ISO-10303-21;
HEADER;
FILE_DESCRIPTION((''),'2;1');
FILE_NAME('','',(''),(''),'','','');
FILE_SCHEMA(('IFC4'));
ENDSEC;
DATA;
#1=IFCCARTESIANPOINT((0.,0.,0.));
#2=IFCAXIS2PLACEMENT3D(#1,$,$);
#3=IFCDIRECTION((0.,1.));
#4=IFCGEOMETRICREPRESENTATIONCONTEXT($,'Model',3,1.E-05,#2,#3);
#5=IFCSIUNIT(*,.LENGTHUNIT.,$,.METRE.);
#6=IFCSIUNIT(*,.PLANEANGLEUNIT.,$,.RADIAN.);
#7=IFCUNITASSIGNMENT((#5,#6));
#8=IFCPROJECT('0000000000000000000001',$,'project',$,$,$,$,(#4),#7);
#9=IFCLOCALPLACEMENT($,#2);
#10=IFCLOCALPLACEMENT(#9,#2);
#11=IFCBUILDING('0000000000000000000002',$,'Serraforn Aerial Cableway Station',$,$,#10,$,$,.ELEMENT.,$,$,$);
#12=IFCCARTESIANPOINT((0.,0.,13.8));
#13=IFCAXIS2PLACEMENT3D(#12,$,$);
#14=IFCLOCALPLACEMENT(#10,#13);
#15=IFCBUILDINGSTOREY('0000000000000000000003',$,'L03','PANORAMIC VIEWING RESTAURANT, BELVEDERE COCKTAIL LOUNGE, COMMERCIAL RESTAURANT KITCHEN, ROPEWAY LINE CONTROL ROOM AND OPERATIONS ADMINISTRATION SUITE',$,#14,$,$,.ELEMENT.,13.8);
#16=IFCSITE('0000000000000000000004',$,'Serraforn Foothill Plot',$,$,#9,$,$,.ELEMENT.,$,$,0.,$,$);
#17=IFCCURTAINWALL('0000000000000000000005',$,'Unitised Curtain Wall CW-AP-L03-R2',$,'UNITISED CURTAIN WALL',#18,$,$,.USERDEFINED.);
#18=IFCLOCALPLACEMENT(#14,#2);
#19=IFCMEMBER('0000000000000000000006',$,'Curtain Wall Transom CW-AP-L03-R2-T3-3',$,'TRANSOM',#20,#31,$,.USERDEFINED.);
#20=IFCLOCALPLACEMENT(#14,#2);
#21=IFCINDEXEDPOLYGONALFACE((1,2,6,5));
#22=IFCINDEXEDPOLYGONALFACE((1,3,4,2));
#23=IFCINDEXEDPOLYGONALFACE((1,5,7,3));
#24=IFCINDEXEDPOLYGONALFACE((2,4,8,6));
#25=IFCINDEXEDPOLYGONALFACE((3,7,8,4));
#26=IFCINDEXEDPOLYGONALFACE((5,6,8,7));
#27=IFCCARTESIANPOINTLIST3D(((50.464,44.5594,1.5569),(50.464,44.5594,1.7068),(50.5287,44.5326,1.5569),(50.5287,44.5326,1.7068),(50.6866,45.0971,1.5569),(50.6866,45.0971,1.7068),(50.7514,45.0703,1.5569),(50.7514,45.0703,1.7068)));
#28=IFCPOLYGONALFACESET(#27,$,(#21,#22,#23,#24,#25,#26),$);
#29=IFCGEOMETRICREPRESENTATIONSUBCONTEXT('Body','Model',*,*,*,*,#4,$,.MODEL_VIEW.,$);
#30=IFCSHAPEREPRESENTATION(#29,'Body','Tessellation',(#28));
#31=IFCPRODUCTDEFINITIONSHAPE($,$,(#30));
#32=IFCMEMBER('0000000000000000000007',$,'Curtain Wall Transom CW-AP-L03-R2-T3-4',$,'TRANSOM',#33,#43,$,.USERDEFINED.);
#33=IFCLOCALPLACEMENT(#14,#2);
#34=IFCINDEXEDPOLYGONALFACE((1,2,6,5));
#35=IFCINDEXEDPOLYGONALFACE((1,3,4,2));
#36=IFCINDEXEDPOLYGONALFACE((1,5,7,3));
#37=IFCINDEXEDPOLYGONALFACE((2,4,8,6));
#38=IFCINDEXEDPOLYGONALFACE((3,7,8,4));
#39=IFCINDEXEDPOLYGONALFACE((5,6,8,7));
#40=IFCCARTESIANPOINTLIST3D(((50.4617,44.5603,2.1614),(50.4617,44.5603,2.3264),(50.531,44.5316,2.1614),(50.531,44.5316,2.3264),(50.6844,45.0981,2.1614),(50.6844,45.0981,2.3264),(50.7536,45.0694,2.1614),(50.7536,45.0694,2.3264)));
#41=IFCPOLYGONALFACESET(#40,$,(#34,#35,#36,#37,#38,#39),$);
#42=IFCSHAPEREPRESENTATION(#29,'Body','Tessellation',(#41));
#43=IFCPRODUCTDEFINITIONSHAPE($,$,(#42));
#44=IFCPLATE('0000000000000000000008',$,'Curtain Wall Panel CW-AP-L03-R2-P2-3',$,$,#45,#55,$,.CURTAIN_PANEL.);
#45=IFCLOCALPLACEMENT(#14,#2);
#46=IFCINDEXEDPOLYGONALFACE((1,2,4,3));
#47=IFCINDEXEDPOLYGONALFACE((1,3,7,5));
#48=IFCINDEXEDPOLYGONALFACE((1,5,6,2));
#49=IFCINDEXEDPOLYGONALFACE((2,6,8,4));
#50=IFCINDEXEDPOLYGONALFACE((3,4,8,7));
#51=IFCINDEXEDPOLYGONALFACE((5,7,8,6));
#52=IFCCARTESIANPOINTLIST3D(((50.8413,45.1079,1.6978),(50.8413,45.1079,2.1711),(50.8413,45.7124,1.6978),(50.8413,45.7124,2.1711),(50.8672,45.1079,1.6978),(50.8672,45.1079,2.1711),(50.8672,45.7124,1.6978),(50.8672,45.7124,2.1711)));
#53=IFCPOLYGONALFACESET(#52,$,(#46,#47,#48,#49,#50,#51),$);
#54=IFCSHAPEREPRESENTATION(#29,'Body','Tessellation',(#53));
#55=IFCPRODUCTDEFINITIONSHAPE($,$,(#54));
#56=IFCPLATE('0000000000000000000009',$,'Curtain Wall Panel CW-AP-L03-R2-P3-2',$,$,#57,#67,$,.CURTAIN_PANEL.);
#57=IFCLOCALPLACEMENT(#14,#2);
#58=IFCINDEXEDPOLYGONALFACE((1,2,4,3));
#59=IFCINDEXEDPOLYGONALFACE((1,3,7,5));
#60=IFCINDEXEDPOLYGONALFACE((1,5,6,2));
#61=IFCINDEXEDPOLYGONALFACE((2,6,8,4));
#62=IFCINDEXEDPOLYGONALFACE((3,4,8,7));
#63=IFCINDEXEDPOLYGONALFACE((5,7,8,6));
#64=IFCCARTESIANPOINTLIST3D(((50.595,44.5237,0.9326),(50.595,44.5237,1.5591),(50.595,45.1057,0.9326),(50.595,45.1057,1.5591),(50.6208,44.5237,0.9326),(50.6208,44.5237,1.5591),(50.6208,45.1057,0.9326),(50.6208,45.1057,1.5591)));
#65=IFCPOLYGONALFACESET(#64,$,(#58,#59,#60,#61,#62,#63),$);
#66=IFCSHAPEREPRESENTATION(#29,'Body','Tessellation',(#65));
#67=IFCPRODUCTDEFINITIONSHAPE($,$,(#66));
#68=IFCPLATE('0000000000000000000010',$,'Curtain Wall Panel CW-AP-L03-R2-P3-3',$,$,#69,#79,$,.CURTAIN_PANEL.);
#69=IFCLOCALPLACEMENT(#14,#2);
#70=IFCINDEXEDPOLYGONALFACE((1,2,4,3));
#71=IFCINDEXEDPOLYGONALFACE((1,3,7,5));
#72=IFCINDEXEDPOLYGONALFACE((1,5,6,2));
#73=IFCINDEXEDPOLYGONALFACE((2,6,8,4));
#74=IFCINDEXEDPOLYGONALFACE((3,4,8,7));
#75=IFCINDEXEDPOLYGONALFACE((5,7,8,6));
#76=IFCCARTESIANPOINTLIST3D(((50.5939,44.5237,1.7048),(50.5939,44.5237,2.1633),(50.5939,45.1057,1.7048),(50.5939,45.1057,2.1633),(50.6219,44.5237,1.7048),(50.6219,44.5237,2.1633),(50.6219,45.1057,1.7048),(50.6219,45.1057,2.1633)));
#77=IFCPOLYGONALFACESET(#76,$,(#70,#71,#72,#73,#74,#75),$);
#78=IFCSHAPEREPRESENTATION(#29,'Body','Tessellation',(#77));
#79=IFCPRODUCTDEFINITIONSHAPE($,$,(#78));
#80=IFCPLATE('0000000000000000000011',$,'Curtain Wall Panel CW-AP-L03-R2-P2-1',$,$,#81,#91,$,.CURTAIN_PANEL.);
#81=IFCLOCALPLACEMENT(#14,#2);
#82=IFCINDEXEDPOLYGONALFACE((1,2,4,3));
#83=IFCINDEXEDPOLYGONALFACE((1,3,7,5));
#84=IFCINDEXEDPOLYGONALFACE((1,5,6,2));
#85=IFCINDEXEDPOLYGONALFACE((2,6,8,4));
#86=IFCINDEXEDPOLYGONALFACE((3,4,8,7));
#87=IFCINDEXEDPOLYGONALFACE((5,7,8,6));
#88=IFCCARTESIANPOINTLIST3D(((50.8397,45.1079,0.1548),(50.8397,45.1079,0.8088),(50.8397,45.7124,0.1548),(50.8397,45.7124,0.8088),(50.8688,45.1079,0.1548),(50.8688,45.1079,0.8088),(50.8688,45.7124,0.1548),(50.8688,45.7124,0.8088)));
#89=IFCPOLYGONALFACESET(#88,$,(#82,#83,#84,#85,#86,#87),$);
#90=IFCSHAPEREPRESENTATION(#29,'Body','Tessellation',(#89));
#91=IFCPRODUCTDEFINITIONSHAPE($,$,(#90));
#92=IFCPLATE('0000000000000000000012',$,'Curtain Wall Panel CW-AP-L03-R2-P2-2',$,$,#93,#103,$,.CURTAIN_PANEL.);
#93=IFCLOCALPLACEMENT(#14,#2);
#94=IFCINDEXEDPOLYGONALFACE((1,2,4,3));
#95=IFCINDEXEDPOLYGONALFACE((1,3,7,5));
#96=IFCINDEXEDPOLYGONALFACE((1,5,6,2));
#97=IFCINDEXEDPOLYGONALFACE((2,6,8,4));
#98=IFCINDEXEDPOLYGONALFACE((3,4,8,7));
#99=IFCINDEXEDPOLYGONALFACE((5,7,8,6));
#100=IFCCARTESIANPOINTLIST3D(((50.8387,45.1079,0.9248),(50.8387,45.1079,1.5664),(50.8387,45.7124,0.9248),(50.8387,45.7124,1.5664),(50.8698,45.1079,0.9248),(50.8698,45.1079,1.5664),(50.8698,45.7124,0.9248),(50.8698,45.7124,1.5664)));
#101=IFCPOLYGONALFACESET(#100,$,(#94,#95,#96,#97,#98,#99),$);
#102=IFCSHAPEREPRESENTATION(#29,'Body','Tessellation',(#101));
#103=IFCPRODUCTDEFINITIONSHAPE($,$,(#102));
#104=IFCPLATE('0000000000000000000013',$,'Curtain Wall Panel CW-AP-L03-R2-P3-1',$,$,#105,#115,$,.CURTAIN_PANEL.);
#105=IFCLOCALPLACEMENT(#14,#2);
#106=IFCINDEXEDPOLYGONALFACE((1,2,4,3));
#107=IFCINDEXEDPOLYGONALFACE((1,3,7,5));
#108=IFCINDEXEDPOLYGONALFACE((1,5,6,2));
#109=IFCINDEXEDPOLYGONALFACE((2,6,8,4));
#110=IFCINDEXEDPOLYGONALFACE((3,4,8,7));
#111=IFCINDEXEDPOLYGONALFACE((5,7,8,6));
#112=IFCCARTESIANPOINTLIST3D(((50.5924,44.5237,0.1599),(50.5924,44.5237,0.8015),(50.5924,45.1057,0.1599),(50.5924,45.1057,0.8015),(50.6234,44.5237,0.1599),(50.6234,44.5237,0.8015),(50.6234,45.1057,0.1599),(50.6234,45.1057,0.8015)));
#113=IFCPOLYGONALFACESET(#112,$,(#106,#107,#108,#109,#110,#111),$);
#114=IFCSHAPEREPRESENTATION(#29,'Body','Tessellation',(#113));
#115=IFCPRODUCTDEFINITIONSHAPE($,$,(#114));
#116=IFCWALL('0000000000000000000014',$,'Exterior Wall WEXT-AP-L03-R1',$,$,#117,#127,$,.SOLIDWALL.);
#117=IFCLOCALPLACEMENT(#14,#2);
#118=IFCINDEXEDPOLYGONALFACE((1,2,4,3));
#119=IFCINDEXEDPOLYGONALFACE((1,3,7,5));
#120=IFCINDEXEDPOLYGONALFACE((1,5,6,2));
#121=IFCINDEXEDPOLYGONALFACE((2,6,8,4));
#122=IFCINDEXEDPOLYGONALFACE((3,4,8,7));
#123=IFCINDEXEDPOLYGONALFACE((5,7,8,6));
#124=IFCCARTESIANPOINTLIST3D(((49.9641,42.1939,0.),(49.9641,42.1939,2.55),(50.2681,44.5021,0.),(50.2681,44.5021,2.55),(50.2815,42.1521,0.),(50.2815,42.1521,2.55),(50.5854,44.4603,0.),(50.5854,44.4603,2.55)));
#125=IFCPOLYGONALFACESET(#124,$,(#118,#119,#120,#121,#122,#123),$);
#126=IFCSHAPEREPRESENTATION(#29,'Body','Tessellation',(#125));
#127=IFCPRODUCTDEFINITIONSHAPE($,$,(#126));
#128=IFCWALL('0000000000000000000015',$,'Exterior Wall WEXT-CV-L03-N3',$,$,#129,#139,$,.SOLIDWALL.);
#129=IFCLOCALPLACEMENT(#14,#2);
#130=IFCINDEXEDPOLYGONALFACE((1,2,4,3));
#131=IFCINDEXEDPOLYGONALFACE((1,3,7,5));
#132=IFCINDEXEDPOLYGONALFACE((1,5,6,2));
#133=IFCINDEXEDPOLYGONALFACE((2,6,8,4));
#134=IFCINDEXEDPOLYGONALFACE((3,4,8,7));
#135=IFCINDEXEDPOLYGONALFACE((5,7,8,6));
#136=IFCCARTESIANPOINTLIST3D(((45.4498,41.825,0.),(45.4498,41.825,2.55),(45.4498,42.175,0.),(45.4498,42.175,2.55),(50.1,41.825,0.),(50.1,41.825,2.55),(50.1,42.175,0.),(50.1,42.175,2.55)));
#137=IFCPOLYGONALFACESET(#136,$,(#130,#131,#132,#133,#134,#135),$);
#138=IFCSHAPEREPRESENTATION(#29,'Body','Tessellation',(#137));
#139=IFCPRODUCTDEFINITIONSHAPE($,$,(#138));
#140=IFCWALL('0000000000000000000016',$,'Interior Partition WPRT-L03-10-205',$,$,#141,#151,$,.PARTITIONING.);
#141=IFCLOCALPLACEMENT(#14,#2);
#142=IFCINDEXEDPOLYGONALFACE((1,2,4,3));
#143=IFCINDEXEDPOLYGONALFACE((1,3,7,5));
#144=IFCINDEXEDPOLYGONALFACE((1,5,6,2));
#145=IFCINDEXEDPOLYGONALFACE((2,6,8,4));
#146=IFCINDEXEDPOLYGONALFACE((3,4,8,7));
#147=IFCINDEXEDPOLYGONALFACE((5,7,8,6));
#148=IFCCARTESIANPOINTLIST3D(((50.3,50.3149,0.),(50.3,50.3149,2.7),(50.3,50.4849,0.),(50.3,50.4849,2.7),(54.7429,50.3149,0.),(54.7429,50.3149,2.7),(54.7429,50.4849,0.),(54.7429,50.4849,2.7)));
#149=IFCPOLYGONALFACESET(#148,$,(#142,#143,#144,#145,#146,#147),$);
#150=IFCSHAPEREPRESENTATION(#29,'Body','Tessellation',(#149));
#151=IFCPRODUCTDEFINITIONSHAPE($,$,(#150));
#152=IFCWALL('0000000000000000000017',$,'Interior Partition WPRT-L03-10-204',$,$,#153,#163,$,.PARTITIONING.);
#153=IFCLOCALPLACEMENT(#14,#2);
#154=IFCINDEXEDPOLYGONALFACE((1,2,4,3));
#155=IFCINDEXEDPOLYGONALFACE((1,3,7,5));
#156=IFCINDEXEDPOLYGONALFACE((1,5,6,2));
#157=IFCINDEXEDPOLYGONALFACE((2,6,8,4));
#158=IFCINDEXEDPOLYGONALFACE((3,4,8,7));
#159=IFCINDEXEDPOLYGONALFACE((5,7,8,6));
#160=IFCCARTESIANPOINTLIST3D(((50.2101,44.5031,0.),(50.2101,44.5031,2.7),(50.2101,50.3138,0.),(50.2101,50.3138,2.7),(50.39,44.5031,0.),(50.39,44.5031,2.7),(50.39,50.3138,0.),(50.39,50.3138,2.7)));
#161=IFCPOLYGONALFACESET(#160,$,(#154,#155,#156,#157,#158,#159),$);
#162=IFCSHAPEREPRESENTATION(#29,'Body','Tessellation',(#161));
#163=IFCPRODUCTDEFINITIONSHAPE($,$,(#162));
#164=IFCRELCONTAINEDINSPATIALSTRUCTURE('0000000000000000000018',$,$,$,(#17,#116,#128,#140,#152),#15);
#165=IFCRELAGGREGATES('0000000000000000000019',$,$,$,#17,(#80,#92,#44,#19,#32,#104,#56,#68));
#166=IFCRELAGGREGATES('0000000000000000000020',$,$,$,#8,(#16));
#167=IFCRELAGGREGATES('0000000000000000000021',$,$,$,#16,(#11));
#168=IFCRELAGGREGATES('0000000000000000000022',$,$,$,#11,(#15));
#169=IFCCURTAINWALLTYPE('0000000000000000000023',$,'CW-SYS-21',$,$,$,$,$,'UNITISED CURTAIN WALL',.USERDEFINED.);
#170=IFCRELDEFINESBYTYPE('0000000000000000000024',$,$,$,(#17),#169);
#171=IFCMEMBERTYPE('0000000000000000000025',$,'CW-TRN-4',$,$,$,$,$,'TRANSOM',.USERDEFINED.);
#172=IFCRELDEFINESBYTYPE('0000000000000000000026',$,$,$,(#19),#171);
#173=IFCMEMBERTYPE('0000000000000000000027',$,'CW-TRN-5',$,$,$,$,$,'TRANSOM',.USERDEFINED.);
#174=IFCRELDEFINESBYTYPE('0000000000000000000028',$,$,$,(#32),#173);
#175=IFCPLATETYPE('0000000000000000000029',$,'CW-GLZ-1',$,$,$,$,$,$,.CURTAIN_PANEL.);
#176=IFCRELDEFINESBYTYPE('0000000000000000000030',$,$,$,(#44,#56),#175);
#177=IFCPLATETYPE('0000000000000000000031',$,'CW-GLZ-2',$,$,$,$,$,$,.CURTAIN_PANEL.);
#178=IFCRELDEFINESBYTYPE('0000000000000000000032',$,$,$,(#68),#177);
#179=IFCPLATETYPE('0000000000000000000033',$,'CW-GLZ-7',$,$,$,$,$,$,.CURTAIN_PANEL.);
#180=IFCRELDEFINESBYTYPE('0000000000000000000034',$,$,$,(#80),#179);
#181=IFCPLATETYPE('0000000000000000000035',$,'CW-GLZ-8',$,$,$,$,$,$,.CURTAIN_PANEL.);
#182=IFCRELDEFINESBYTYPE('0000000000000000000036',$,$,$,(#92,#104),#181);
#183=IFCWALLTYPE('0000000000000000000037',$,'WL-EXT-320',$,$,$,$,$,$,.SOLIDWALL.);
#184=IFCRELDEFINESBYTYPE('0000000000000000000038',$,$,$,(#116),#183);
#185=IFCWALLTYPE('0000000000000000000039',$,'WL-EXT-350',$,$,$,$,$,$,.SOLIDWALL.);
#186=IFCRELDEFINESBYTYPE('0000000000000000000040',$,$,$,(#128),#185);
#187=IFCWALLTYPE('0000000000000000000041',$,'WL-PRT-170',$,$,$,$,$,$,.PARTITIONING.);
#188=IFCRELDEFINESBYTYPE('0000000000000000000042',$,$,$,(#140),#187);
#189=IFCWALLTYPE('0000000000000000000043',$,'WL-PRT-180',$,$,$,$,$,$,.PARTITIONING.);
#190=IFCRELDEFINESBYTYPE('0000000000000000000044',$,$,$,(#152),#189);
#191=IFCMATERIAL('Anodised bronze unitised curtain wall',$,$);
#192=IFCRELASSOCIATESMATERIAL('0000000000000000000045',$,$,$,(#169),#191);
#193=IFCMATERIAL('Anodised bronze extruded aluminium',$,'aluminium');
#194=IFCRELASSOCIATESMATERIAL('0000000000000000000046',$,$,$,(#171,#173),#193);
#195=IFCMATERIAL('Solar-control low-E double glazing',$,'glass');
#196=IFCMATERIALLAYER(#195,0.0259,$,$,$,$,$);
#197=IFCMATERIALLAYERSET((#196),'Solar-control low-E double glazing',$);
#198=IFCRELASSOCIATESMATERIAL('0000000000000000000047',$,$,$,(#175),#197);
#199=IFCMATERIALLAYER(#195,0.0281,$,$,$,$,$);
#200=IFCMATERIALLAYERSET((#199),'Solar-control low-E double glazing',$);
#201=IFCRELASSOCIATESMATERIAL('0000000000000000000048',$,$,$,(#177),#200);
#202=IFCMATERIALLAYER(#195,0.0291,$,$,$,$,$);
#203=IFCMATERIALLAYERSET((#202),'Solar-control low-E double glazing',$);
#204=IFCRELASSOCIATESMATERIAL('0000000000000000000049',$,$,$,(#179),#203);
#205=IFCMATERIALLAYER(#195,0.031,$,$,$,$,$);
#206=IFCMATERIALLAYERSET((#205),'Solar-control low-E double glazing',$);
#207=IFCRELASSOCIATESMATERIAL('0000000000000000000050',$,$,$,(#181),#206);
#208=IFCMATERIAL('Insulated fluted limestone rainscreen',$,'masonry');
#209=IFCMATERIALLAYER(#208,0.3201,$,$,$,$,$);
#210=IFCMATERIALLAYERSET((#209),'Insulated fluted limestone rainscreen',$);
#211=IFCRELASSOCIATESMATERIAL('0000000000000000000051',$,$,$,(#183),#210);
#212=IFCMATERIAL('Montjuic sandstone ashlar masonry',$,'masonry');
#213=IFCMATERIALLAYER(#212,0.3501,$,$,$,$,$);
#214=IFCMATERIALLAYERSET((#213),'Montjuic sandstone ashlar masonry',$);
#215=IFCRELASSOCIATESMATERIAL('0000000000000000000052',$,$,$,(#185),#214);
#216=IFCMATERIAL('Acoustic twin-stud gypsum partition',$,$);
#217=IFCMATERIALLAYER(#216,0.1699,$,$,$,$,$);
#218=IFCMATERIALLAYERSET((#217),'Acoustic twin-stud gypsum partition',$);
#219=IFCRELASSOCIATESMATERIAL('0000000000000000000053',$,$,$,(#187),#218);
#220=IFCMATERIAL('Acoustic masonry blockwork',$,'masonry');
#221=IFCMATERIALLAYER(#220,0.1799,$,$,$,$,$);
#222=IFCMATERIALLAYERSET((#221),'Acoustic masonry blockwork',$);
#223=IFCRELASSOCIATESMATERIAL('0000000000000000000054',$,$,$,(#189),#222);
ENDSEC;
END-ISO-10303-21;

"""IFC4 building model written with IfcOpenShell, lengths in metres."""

from ifc_helpers import new_model, si_unit, direction, frame, frame_2d, origin, origin_2d, place, context, subcontext, project, spatial, rectangle, extrude, material, layer, layer_set, material_profile, profile_set, type_object, element, aggregate, save


model = new_model("IFC4")

# Units and contexts
model_context = context("Model", 3, precision=1e-05, world=origin(), true_north=direction((0.0, 1.0)))
body_context = subcontext(model_context, "Body", "Model", "MODEL_VIEW")
ifc_project = project(units=[si_unit("LENGTHUNIT", "METRE"), si_unit("PLANEANGLEUNIT", "RADIAN")], contexts=[model_context])

# Site, building, storey
site_placement = place(None, origin())
site = spatial("IfcSite", under=ifc_project, at=site_placement, Name="Serraforn Foothill Plot", CompositionType="ELEMENT", RefElevation=0.0)
building_placement = place(site_placement, origin())
building = spatial("IfcBuilding", under=site, at=building_placement, Name="Serraforn Aerial Cableway Station", CompositionType="ELEMENT")
storey_placement = place(building_placement, frame((0.0, 0.0, 13.8)))
storey = spatial("IfcBuildingStorey", under=building, at=storey_placement, Name="L03", Description="PANORAMIC VIEWING RESTAURANT, BELVEDERE COCKTAIL LOUNGE, COMMERCIAL RESTAURANT KITCHEN, ROPEWAY LINE CONTROL ROOM AND OPERATIONS ADMINISTRATION SUITE", CompositionType="ELEMENT", Elevation=13.8)

# Curtain wall, members, plates
ifc_material_1 = material(Name="Anodised bronze unitised curtain wall")
curtain_wall_type = type_object("IfcCurtainWallType", Name="CW-SYS-21", ElementType="UNITISED CURTAIN WALL", PredefinedType="USERDEFINED", material=ifc_material_1)
curtain_wall_placement = place(storey_placement, origin())
curtain_wall = element("IfcCurtainWall", 1, at=curtain_wall_placement, inside=storey, type_object=curtain_wall_type, Name="Unitised Curtain Wall CW-AP-L03-R2", ObjectType="UNITISED CURTAIN WALL", PredefinedType="USERDEFINED")
ifc_material_2 = material(Name="Anodised bronze extruded aluminium", Category="aluminium")
ifc_material_profile_1 = material_profile(ifc_material_2, rectangle(XDim=0.0701, YDim=0.1499, at=origin_2d()), Name="CW TRANSOM 70x150")
ifc_profile_set_1 = profile_set([ifc_material_profile_1], Name="Anodised bronze extruded aluminium")
member_type_1 = type_object("IfcMemberType", Name="CW-TRN-4", ElementType="TRANSOM", PredefinedType="USERDEFINED", material=ifc_profile_set_1)
member_1_placement = place(storey_placement, frame((50.719, 45.0837, 1.6318), z_axis=(-0.3825, -0.923956, 0.0), x_axis=(0.923956, -0.3825, 0.0)))
member_1 = element("IfcMember", 2, at=member_1_placement, type_object=member_type_1, Name="Curtain Wall Transom CW-AP-L03-R2-T3-3", ObjectType="TRANSOM", PredefinedType="USERDEFINED", context=body_context, shape_type="SweptSolid", body=[
    extrude(rectangle(XDim=0.0701, YDim=0.1499, at=origin_2d()), origin(), (0.0, 0.0, 1.0), 0.582),
])
ifc_material_profile_2 = material_profile(ifc_material_2, rectangle(XDim=0.075, YDim=0.165, at=origin_2d()), Name="CW TRANSOM 75x165")
ifc_profile_set_2 = profile_set([ifc_material_profile_2], Name="Anodised bronze extruded aluminium")
member_type_2 = type_object("IfcMemberType", Name="CW-TRN-5", ElementType="TRANSOM", PredefinedType="USERDEFINED", material=ifc_profile_set_2)
member_2_placement = place(storey_placement, frame((50.719, 45.0837, 2.2439), z_axis=(-0.3825, -0.923956, 0.0), x_axis=(0.923956, -0.3825, 0.0)))
member_2 = element("IfcMember", 3, at=member_2_placement, type_object=member_type_2, Name="Curtain Wall Transom CW-AP-L03-R2-T3-4", ObjectType="TRANSOM", PredefinedType="USERDEFINED", context=body_context, shape_type="SweptSolid", body=[
    extrude(rectangle(XDim=0.075, YDim=0.165, at=origin_2d()), origin(), (0.0, 0.0, 1.0), 0.582),
])
ifc_material_3 = material(Name="Solar-control low-E double glazing", Category="glass")
ifc_layer_1 = layer(ifc_material_3, 0.0259)
ifc_layer_set_1 = layer_set([ifc_layer_1], Name="Solar-control low-E double glazing")
plate_type_1 = type_object("IfcPlateType", Name="CW-GLZ-1", PredefinedType="CURTAIN_PANEL", material=ifc_layer_set_1)
plate_1_placement = place(storey_placement, frame((50.8542, 45.4102, 1.6978), z_axis=(0.0, 0.0, 1.0), x_axis=(1.0, 0.0, 0.0)))
plate_1 = element("IfcPlate", 4, at=plate_1_placement, type_object=plate_type_1, Name="Curtain Wall Panel CW-AP-L03-R2-P2-3", PredefinedType="CURTAIN_PANEL", context=body_context, shape_type="SweptSolid", body=[
    extrude(rectangle(XDim=0.0259, YDim=0.6045, at=origin_2d()), origin(), (0.0, 0.0, 1.0), 0.4734),
])
plate_2_placement = place(storey_placement, frame((50.6079, 44.8147, 0.9326), z_axis=(0.0, 0.0, 1.0), x_axis=(1.0, 0.0, 0.0)))
plate_2 = element("IfcPlate", 5, at=plate_2_placement, type_object=plate_type_1, Name="Curtain Wall Panel CW-AP-L03-R2-P3-2", PredefinedType="CURTAIN_PANEL", context=body_context, shape_type="SweptSolid", body=[
    extrude(rectangle(XDim=0.0259, YDim=0.582, at=origin_2d()), origin(), (0.0, 0.0, 1.0), 0.6265),
])
ifc_layer_2 = layer(ifc_material_3, 0.0281)
ifc_layer_set_2 = layer_set([ifc_layer_2], Name="Solar-control low-E double glazing")
plate_type_2 = type_object("IfcPlateType", Name="CW-GLZ-2", PredefinedType="CURTAIN_PANEL", material=ifc_layer_set_2)
plate_3_placement = place(storey_placement, frame((50.6079, 44.8147, 1.7048), z_axis=(0.0, 0.0, 1.0), x_axis=(1.0, 0.0, 0.0)))
plate_3 = element("IfcPlate", 6, at=plate_3_placement, type_object=plate_type_2, Name="Curtain Wall Panel CW-AP-L03-R2-P3-3", PredefinedType="CURTAIN_PANEL", context=body_context, shape_type="SweptSolid", body=[
    extrude(rectangle(XDim=0.0281, YDim=0.582, at=origin_2d()), origin(), (0.0, 0.0, 1.0), 0.4585),
])
ifc_layer_3 = layer(ifc_material_3, 0.0291)
ifc_layer_set_3 = layer_set([ifc_layer_3], Name="Solar-control low-E double glazing")
plate_type_3 = type_object("IfcPlateType", Name="CW-GLZ-7", PredefinedType="CURTAIN_PANEL", material=ifc_layer_set_3)
plate_4_placement = place(storey_placement, frame((50.8542, 45.4102, 0.1548), z_axis=(0.0, 0.0, 1.0), x_axis=(1.0, 0.0, 0.0)))
plate_4 = element("IfcPlate", 7, at=plate_4_placement, type_object=plate_type_3, Name="Curtain Wall Panel CW-AP-L03-R2-P2-1", PredefinedType="CURTAIN_PANEL", context=body_context, shape_type="SweptSolid", body=[
    extrude(rectangle(XDim=0.0291, YDim=0.6045, at=origin_2d()), origin(), (0.0, 0.0, 1.0), 0.6541),
])
ifc_layer_4 = layer(ifc_material_3, 0.031)
ifc_layer_set_4 = layer_set([ifc_layer_4], Name="Solar-control low-E double glazing")
plate_type_4 = type_object("IfcPlateType", Name="CW-GLZ-8", PredefinedType="CURTAIN_PANEL", material=ifc_layer_set_4)
plate_5_placement = place(storey_placement, frame((50.8542, 45.4102, 0.9248), z_axis=(0.0, 0.0, 1.0), x_axis=(1.0, 0.0, 0.0)))
plate_5 = element("IfcPlate", 8, at=plate_5_placement, type_object=plate_type_4, Name="Curtain Wall Panel CW-AP-L03-R2-P2-2", PredefinedType="CURTAIN_PANEL", context=body_context, shape_type="SweptSolid", body=[
    extrude(rectangle(XDim=0.031, YDim=0.6045, at=origin_2d()), origin(), (0.0, 0.0, 1.0), 0.6416),
])
plate_6_placement = place(storey_placement, frame((50.6079, 44.8147, 0.1599), z_axis=(0.0, 0.0, 1.0), x_axis=(1.0, 0.0, 0.0)))
plate_6 = element("IfcPlate", 9, at=plate_6_placement, type_object=plate_type_4, Name="Curtain Wall Panel CW-AP-L03-R2-P3-1", PredefinedType="CURTAIN_PANEL", context=body_context, shape_type="SweptSolid", body=[
    extrude(rectangle(XDim=0.031, YDim=0.582, at=origin_2d()), origin(), (0.0, 0.0, 1.0), 0.6416),
])
aggregate(curtain_wall, [plate_4, plate_5, plate_1, member_1, member_2, plate_6, plate_2, plate_3])

# Walls
ifc_material_4 = material(Name="Insulated fluted limestone rainscreen", Category="masonry")
ifc_layer_5 = layer(ifc_material_4, 0.3201)
ifc_layer_set_5 = layer_set([ifc_layer_5], Name="Insulated fluted limestone rainscreen")
wall_type_1 = type_object("IfcWallType", Name="WL-EXT-320", PredefinedType="SOLIDWALL", material=ifc_layer_set_5)
wall_1_placement = place(storey_placement, frame((50.4268, 44.4812, 0.0), z_axis=(0.0, 0.0, 1.0), x_axis=(-0.130563, -0.99144, 0.0)))
element("IfcWall", 10, at=wall_1_placement, inside=storey, type_object=wall_type_1, Name="Exterior Wall WEXT-AP-L03-R1", PredefinedType="SOLIDWALL", context=body_context, shape_type="SweptSolid", body=[
    extrude(rectangle(XDim=2.3281, YDim=0.3201, at=frame_2d((1.1641, 0.0))), origin(), (0.0, 0.0, 1.0), 2.55),
])
ifc_material_5 = material(Name="Montjuic sandstone ashlar masonry", Category="masonry")
ifc_layer_6 = layer(ifc_material_5, 0.3501)
ifc_layer_set_6 = layer_set([ifc_layer_6], Name="Montjuic sandstone ashlar masonry")
wall_type_2 = type_object("IfcWallType", Name="WL-EXT-350", PredefinedType="SOLIDWALL", material=ifc_layer_set_6)
wall_2_placement = place(storey_placement, frame((50.1001, 42.0, 0.0), z_axis=(0.0, 0.0, 1.0), x_axis=(-1.0, 0.0, 0.0)))
element("IfcWall", 11, at=wall_2_placement, inside=storey, type_object=wall_type_2, Name="Exterior Wall WEXT-CV-L03-N3", PredefinedType="SOLIDWALL", context=body_context, shape_type="SweptSolid", body=[
    extrude(rectangle(XDim=4.6501, YDim=0.3501, at=frame_2d((2.3252, 0.0))), origin(), (0.0, 0.0, 1.0), 2.55),
])
ifc_material_6 = material(Name="Acoustic twin-stud gypsum partition")
ifc_layer_7 = layer(ifc_material_6, 0.1699)
ifc_layer_set_7 = layer_set([ifc_layer_7], Name="Acoustic twin-stud gypsum partition")
wall_type_3 = type_object("IfcWallType", Name="WL-PRT-170", PredefinedType="PARTITIONING", material=ifc_layer_set_7)
wall_3_placement = place(storey_placement, frame((50.3, 50.3999, 0.0), z_axis=(0.0, 0.0, 1.0), x_axis=(1.0, 0.0, 0.0)))
element("IfcWall", 12, at=wall_3_placement, inside=storey, type_object=wall_type_3, Name="Interior Partition WPRT-L03-10-205", PredefinedType="PARTITIONING", context=body_context, shape_type="SweptSolid", body=[
    extrude(rectangle(XDim=4.4429, YDim=0.1699, at=frame_2d((2.2214, 0.0))), origin(), (0.0, 0.0, 1.0), 2.7),
])
ifc_material_7 = material(Name="Acoustic masonry blockwork", Category="masonry")
ifc_layer_8 = layer(ifc_material_7, 0.1799)
ifc_layer_set_8 = layer_set([ifc_layer_8], Name="Acoustic masonry blockwork")
wall_type_4 = type_object("IfcWallType", Name="WL-PRT-180", PredefinedType="PARTITIONING", material=ifc_layer_set_8)
wall_4_placement = place(storey_placement, frame((50.3, 44.5032, 0.0), z_axis=(0.0, 0.0, 1.0), x_axis=(0.0, 1.0, 0.0)))
element("IfcWall", 13, at=wall_4_placement, inside=storey, type_object=wall_type_4, Name="Interior Partition WPRT-L03-10-204", PredefinedType="PARTITIONING", context=body_context, shape_type="SweptSolid", body=[
    extrude(rectangle(XDim=5.8108, YDim=0.1799, at=frame_2d((2.9053, 0.0))), origin(), (0.0, 0.0, 1.0), 2.7),
])

save(model, "model.ifc")
